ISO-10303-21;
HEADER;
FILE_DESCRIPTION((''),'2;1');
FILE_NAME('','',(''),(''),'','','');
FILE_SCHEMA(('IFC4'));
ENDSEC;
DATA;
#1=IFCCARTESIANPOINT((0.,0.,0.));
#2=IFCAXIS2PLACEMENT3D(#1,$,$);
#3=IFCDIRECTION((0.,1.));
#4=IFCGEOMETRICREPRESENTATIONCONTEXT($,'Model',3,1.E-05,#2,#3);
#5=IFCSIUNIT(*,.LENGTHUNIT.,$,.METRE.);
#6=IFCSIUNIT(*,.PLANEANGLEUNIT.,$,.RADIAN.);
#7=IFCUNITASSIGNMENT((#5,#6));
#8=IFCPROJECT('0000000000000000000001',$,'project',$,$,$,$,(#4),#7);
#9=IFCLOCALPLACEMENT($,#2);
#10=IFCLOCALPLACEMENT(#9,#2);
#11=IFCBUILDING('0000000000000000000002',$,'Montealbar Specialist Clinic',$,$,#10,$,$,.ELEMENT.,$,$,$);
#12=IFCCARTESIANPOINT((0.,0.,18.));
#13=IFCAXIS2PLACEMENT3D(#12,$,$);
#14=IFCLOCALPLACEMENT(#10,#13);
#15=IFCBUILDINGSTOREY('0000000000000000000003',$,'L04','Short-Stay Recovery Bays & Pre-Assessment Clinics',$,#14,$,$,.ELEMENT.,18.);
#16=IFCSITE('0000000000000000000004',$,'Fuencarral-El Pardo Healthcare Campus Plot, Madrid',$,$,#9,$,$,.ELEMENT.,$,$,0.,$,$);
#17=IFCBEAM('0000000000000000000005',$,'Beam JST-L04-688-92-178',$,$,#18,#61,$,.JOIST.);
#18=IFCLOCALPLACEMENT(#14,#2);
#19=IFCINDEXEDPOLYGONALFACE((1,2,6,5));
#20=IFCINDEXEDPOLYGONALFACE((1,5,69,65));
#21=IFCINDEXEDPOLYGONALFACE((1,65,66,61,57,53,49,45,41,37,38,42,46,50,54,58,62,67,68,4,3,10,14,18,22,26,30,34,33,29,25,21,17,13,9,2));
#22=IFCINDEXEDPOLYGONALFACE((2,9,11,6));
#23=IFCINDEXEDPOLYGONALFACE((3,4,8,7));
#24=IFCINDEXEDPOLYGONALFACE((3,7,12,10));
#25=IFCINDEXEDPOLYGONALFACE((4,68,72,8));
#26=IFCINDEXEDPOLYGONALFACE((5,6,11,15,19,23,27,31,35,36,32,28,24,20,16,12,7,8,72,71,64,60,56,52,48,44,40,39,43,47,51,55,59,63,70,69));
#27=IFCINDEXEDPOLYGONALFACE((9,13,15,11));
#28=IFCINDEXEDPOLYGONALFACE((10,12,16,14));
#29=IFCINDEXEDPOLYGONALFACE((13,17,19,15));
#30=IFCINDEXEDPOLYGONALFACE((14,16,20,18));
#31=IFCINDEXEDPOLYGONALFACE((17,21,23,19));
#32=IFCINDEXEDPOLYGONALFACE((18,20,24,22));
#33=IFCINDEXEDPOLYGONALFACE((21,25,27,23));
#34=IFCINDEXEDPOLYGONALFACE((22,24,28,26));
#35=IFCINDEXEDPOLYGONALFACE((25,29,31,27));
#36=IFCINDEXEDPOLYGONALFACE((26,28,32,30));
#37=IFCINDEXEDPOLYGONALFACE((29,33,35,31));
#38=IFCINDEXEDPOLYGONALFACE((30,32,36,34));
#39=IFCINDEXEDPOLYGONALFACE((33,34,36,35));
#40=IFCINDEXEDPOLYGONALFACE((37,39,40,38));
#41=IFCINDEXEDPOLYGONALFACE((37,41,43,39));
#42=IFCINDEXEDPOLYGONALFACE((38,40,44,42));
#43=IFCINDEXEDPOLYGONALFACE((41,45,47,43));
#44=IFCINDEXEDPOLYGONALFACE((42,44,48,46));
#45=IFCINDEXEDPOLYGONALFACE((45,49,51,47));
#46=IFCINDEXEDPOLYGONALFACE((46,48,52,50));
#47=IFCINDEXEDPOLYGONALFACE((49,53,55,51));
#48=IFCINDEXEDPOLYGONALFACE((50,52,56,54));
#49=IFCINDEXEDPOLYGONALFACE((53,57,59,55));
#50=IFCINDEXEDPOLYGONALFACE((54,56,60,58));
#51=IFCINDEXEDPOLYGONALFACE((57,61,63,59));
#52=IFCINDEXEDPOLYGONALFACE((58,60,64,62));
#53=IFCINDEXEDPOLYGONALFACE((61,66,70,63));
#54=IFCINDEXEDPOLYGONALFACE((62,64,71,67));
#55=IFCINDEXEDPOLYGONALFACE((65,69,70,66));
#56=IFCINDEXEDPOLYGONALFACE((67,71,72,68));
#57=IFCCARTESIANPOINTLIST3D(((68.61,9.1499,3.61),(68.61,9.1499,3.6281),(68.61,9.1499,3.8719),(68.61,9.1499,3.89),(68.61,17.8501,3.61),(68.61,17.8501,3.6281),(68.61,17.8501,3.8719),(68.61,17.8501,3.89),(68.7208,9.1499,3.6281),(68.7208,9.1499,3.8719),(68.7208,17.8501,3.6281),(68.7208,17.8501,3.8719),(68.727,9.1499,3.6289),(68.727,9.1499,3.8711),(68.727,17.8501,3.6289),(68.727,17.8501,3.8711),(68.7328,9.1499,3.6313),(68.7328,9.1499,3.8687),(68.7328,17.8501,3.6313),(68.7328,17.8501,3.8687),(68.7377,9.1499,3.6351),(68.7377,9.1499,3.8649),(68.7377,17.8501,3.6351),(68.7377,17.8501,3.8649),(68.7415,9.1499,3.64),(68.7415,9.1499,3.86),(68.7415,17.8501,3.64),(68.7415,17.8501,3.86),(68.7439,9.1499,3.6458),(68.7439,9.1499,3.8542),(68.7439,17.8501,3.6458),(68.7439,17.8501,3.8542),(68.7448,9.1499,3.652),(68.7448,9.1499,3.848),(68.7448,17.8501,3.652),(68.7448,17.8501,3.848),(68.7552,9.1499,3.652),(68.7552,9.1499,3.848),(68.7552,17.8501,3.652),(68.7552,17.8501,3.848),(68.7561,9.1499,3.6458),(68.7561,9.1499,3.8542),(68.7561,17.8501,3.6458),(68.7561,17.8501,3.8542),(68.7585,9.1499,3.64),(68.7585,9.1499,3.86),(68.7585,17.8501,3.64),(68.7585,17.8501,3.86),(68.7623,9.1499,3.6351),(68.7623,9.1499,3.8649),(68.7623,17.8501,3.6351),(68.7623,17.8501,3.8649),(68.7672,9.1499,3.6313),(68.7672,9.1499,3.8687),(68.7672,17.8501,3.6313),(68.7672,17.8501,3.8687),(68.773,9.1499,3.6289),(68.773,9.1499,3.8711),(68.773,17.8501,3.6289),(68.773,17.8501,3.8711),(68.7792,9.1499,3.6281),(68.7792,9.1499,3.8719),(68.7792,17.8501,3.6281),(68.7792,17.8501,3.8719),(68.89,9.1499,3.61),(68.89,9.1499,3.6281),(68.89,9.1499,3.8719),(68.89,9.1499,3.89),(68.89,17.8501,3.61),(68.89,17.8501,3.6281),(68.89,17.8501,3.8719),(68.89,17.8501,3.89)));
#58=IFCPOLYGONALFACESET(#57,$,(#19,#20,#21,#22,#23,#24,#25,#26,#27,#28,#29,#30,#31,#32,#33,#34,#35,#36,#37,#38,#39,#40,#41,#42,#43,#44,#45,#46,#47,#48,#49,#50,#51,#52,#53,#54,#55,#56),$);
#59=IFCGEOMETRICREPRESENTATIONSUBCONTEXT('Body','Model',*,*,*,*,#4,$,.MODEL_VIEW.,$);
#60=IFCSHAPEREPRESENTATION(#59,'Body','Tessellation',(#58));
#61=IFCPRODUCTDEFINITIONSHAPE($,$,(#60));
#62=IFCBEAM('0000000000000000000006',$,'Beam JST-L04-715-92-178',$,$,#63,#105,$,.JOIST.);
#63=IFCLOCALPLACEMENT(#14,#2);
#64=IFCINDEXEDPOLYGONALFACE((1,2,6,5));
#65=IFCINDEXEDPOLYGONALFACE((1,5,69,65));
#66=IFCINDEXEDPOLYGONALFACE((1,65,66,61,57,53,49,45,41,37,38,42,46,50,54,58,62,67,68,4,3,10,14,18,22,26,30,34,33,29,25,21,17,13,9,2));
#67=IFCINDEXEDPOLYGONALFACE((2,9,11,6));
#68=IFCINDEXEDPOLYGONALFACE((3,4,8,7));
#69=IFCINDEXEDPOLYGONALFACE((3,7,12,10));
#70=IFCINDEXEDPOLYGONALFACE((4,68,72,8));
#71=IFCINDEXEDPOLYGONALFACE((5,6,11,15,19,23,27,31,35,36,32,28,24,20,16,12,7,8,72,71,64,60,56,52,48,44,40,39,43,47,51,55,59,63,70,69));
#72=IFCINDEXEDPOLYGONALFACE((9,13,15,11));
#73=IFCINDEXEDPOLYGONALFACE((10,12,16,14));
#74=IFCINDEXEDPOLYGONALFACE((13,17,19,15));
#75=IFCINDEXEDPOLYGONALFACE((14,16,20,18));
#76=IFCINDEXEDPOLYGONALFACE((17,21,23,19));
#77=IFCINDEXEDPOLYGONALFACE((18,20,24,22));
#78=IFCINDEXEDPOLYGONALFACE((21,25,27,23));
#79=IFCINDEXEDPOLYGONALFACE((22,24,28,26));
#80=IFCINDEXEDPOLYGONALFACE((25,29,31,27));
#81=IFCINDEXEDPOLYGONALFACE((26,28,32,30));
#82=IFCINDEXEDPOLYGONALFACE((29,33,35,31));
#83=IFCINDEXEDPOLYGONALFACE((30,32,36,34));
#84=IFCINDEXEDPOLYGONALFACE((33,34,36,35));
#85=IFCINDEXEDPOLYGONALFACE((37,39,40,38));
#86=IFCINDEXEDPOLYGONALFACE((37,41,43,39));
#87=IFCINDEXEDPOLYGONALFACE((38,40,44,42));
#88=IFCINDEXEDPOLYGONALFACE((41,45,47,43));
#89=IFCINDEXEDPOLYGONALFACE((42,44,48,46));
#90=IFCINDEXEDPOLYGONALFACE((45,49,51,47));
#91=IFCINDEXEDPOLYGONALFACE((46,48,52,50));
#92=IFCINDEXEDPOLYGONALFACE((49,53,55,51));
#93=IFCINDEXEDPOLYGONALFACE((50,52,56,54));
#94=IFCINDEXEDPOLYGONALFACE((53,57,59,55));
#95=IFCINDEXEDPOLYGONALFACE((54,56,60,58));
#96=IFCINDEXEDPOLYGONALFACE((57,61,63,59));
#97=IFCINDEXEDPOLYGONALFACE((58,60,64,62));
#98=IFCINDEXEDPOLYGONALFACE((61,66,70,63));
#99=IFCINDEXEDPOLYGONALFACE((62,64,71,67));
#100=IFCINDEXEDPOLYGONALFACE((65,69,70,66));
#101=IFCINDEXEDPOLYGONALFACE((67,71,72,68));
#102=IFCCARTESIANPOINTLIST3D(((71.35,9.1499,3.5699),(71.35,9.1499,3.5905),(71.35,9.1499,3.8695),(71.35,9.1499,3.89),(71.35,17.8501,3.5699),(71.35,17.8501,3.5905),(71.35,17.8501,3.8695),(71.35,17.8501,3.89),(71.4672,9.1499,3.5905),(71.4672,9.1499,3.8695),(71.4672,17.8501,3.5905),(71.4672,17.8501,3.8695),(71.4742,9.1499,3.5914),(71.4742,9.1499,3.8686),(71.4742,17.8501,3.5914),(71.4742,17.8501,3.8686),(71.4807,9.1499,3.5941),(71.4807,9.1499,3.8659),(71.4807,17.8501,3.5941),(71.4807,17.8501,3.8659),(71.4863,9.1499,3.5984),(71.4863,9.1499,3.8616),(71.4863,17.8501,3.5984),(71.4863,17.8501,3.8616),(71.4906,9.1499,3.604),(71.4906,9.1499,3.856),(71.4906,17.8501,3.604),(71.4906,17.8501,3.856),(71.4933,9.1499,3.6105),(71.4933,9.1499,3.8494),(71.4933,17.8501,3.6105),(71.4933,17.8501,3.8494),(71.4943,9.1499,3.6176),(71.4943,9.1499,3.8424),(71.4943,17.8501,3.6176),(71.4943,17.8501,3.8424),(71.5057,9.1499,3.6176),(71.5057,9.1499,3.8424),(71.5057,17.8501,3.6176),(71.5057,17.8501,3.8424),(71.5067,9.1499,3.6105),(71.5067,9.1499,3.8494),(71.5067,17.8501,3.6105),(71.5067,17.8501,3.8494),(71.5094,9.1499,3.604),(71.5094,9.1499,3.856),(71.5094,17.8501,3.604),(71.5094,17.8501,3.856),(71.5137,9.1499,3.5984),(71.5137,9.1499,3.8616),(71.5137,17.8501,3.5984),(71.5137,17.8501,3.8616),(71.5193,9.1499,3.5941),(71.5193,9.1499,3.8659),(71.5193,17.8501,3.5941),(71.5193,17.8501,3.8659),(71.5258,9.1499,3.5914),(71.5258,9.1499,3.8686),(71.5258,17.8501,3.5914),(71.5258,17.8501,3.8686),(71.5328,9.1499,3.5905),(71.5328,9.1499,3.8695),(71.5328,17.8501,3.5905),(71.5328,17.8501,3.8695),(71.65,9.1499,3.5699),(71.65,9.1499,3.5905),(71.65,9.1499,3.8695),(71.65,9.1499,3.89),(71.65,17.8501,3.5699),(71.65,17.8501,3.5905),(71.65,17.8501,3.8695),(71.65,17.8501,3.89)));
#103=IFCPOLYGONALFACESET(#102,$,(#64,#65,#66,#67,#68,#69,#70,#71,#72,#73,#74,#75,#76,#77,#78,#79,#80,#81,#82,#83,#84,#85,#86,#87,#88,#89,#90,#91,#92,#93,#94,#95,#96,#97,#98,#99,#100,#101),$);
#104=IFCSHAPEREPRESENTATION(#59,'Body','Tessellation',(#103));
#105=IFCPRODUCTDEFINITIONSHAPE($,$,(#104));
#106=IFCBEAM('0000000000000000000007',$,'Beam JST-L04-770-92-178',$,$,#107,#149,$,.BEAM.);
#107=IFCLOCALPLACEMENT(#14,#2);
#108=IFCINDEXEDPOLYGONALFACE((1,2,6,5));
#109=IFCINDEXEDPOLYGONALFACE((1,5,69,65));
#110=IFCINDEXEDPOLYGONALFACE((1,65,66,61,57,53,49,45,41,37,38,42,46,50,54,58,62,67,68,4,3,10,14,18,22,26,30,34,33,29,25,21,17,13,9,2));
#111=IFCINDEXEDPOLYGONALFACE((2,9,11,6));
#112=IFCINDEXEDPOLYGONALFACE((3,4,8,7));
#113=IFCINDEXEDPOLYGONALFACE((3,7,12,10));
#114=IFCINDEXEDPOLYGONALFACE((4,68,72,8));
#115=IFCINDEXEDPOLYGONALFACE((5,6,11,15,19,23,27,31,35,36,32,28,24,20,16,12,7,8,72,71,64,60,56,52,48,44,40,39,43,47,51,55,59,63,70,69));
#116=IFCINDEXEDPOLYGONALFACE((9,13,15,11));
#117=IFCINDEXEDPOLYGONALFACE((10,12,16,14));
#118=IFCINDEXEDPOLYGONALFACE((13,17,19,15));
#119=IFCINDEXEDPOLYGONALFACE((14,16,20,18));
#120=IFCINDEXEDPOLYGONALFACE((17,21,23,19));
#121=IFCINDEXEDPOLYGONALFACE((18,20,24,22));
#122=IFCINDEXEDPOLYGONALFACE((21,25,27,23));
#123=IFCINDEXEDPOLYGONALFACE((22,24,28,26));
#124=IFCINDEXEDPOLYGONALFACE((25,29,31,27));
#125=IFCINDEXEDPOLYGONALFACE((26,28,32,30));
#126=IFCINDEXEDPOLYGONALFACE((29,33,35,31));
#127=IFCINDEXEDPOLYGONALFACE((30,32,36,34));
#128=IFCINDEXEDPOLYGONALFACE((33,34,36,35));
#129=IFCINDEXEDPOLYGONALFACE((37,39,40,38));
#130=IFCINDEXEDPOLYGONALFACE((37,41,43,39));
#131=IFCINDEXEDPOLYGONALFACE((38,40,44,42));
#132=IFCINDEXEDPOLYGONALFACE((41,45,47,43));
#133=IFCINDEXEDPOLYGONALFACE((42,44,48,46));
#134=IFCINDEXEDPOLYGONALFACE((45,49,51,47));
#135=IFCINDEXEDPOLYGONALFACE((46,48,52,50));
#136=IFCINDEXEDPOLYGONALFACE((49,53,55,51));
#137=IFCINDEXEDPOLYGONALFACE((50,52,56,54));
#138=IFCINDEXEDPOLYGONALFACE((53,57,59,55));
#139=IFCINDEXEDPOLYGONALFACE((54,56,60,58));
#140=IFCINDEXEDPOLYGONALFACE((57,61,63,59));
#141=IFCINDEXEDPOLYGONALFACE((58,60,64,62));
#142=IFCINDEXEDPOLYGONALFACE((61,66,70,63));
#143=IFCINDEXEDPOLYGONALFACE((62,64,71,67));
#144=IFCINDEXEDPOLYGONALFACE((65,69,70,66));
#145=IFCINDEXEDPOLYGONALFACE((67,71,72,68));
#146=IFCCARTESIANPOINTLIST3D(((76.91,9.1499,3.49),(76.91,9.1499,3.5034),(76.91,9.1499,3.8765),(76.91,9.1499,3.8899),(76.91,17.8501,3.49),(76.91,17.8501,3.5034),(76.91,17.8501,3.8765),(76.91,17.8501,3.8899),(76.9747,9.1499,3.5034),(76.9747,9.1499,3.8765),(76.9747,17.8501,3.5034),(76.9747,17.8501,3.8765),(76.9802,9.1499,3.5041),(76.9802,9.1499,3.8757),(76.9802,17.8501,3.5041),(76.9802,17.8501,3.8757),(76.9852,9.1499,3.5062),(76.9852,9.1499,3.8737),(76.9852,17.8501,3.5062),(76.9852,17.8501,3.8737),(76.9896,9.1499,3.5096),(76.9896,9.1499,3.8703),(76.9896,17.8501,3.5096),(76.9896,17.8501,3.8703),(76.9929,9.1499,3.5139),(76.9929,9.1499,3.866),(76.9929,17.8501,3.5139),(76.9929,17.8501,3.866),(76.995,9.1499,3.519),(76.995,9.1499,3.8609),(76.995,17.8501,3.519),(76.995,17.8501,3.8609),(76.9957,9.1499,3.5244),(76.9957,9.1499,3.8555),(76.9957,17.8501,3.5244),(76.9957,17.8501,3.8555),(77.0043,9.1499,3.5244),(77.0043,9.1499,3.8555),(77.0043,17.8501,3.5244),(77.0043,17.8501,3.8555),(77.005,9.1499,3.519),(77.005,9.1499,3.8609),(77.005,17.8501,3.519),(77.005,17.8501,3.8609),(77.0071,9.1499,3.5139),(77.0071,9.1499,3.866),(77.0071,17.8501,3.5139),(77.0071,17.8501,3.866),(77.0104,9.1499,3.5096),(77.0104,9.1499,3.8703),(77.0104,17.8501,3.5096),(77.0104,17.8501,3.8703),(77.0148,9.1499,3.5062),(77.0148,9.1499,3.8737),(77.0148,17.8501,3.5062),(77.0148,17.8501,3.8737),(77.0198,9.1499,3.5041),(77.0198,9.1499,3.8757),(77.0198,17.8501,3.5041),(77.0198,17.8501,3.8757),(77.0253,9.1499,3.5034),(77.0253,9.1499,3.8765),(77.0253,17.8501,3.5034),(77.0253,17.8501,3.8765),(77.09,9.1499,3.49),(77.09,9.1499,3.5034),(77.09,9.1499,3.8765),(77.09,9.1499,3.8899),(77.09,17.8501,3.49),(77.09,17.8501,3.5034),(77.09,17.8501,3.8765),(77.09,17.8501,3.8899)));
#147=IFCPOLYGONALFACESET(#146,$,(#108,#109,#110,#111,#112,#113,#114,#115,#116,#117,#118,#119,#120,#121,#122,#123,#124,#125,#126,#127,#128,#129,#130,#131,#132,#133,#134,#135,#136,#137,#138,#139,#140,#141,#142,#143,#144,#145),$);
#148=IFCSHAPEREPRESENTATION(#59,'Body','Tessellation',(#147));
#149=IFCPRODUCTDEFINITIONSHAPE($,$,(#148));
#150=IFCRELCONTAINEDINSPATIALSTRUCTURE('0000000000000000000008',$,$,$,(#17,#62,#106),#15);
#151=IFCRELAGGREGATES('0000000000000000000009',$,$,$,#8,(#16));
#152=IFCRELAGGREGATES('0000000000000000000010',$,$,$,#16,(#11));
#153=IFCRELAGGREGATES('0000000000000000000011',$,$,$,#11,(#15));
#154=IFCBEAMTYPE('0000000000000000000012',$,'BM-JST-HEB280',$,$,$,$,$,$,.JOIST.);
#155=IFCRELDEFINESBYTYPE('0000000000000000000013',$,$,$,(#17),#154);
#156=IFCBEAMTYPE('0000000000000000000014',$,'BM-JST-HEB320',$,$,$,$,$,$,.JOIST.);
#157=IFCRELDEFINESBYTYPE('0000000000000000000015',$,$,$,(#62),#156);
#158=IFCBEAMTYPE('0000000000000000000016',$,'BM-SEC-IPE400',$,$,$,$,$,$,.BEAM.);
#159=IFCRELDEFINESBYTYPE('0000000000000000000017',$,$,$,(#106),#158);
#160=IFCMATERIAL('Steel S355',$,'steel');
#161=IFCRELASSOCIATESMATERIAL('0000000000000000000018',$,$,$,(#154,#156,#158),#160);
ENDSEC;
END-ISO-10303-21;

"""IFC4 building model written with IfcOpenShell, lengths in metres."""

from ifc_helpers import new_model, si_unit, direction, frame, origin, origin_2d, place, context, subcontext, project, spatial, i_section, extrude, material, material_profile, profile_set, type_object, element, save


model = new_model("IFC4")

# Units and contexts
model_context = context("Model", 3, precision=1e-05, world=origin(), true_north=direction((0.0, 1.0)))
body_context = subcontext(model_context, "Body", "Model", "MODEL_VIEW")
ifc_project = project(units=[si_unit("LENGTHUNIT", "METRE"), si_unit("PLANEANGLEUNIT", "RADIAN")], contexts=[model_context])

# Site, building, storey
site_placement = place(None, origin())
site = spatial("IfcSite", under=ifc_project, at=site_placement, Name="Fuencarral-El Pardo Healthcare Campus Plot, Madrid", CompositionType="ELEMENT", RefElevation=0.0)
building_placement = place(site_placement, origin())
building = spatial("IfcBuilding", under=site, at=building_placement, Name="Montealbar Specialist Clinic", CompositionType="ELEMENT")
storey_placement = place(building_placement, frame((0.0, 0.0, 18.0)))
storey = spatial("IfcBuildingStorey", under=building, at=storey_placement, Name="L04", Description="Short-Stay Recovery Bays & Pre-Assessment Clinics", CompositionType="ELEMENT", Elevation=18.0)

# Shared definitions
ifc_material_1 = material(Name="Steel S355", Category="steel")

# Beams
ifc_material_profile_1 = material_profile(ifc_material_1, i_section(OverallWidth=0.28, OverallDepth=0.28, WebThickness=0.0105, FlangeThickness=0.0181, FilletRadius=0.0239, at=origin_2d()), Name="HEB 280", Category="steel")
ifc_profile_set_1 = profile_set([ifc_material_profile_1], Name="Steel S355")
beam_type_1 = type_object("IfcBeamType", Name="BM-JST-HEB280", PredefinedType="JOIST", material=ifc_profile_set_1)
beam_1_placement = place(storey_placement, frame((68.75, 9.1499, 3.75), z_axis=(0.0, 1.0, 0.0), x_axis=(-1.0, 0.0, 0.0)))
element("IfcBeam", 1, at=beam_1_placement, inside=storey, type_object=beam_type_1, Name="Beam JST-L04-688-92-178", PredefinedType="JOIST", context=body_context, shape_type="SweptSolid", body=[
    extrude(i_section(OverallWidth=0.28, OverallDepth=0.28, WebThickness=0.0105, FlangeThickness=0.0181, FilletRadius=0.0239, at=origin_2d()), origin(), (0.0, 0.0, 1.0), 8.7002),
])
ifc_material_profile_2 = material_profile(ifc_material_1, i_section(OverallWidth=0.3, OverallDepth=0.3201, WebThickness=0.0115, FlangeThickness=0.0205, FilletRadius=0.0271, at=origin_2d()), Name="HEB 320", Category="steel")
ifc_profile_set_2 = profile_set([ifc_material_profile_2], Name="Steel S355")
beam_type_2 = type_object("IfcBeamType", Name="BM-JST-HEB320", PredefinedType="JOIST", material=ifc_profile_set_2)
beam_2_placement = place(storey_placement, frame((71.5, 9.1499, 3.73), z_axis=(0.0, 1.0, 0.0), x_axis=(-1.0, 0.0, 0.0)))
element("IfcBeam", 2, at=beam_2_placement, inside=storey, type_object=beam_type_2, Name="Beam JST-L04-715-92-178", PredefinedType="JOIST", context=body_context, shape_type="SweptSolid", body=[
    extrude(i_section(OverallWidth=0.3, OverallDepth=0.3201, WebThickness=0.0115, FlangeThickness=0.0205, FilletRadius=0.0271, at=origin_2d()), origin(), (0.0, 0.0, 1.0), 8.7002),
])
ifc_material_profile_3 = material_profile(ifc_material_1, i_section(OverallWidth=0.1799, OverallDepth=0.3999, WebThickness=0.0085, FlangeThickness=0.0134, FilletRadius=0.021, at=origin_2d()), Name="IPE 400", Category="steel")
ifc_profile_set_3 = profile_set([ifc_material_profile_3], Name="Steel S355")
beam_type_3 = type_object("IfcBeamType", Name="BM-SEC-IPE400", PredefinedType="BEAM", material=ifc_profile_set_3)
beam_3_placement = place(storey_placement, frame((77.0, 9.1499, 3.6899), z_axis=(0.0, 1.0, 0.0), x_axis=(-1.0, 0.0, 0.0)))
element("IfcBeam", 3, at=beam_3_placement, inside=storey, type_object=beam_type_3, Name="Beam JST-L04-770-92-178", PredefinedType="BEAM", context=body_context, shape_type="SweptSolid", body=[
    extrude(i_section(OverallWidth=0.1799, OverallDepth=0.3999, WebThickness=0.0085, FlangeThickness=0.0134, FilletRadius=0.021, at=origin_2d()), origin(), (0.0, 0.0, 1.0), 8.7002),
])

save(model, "model.ifc")
